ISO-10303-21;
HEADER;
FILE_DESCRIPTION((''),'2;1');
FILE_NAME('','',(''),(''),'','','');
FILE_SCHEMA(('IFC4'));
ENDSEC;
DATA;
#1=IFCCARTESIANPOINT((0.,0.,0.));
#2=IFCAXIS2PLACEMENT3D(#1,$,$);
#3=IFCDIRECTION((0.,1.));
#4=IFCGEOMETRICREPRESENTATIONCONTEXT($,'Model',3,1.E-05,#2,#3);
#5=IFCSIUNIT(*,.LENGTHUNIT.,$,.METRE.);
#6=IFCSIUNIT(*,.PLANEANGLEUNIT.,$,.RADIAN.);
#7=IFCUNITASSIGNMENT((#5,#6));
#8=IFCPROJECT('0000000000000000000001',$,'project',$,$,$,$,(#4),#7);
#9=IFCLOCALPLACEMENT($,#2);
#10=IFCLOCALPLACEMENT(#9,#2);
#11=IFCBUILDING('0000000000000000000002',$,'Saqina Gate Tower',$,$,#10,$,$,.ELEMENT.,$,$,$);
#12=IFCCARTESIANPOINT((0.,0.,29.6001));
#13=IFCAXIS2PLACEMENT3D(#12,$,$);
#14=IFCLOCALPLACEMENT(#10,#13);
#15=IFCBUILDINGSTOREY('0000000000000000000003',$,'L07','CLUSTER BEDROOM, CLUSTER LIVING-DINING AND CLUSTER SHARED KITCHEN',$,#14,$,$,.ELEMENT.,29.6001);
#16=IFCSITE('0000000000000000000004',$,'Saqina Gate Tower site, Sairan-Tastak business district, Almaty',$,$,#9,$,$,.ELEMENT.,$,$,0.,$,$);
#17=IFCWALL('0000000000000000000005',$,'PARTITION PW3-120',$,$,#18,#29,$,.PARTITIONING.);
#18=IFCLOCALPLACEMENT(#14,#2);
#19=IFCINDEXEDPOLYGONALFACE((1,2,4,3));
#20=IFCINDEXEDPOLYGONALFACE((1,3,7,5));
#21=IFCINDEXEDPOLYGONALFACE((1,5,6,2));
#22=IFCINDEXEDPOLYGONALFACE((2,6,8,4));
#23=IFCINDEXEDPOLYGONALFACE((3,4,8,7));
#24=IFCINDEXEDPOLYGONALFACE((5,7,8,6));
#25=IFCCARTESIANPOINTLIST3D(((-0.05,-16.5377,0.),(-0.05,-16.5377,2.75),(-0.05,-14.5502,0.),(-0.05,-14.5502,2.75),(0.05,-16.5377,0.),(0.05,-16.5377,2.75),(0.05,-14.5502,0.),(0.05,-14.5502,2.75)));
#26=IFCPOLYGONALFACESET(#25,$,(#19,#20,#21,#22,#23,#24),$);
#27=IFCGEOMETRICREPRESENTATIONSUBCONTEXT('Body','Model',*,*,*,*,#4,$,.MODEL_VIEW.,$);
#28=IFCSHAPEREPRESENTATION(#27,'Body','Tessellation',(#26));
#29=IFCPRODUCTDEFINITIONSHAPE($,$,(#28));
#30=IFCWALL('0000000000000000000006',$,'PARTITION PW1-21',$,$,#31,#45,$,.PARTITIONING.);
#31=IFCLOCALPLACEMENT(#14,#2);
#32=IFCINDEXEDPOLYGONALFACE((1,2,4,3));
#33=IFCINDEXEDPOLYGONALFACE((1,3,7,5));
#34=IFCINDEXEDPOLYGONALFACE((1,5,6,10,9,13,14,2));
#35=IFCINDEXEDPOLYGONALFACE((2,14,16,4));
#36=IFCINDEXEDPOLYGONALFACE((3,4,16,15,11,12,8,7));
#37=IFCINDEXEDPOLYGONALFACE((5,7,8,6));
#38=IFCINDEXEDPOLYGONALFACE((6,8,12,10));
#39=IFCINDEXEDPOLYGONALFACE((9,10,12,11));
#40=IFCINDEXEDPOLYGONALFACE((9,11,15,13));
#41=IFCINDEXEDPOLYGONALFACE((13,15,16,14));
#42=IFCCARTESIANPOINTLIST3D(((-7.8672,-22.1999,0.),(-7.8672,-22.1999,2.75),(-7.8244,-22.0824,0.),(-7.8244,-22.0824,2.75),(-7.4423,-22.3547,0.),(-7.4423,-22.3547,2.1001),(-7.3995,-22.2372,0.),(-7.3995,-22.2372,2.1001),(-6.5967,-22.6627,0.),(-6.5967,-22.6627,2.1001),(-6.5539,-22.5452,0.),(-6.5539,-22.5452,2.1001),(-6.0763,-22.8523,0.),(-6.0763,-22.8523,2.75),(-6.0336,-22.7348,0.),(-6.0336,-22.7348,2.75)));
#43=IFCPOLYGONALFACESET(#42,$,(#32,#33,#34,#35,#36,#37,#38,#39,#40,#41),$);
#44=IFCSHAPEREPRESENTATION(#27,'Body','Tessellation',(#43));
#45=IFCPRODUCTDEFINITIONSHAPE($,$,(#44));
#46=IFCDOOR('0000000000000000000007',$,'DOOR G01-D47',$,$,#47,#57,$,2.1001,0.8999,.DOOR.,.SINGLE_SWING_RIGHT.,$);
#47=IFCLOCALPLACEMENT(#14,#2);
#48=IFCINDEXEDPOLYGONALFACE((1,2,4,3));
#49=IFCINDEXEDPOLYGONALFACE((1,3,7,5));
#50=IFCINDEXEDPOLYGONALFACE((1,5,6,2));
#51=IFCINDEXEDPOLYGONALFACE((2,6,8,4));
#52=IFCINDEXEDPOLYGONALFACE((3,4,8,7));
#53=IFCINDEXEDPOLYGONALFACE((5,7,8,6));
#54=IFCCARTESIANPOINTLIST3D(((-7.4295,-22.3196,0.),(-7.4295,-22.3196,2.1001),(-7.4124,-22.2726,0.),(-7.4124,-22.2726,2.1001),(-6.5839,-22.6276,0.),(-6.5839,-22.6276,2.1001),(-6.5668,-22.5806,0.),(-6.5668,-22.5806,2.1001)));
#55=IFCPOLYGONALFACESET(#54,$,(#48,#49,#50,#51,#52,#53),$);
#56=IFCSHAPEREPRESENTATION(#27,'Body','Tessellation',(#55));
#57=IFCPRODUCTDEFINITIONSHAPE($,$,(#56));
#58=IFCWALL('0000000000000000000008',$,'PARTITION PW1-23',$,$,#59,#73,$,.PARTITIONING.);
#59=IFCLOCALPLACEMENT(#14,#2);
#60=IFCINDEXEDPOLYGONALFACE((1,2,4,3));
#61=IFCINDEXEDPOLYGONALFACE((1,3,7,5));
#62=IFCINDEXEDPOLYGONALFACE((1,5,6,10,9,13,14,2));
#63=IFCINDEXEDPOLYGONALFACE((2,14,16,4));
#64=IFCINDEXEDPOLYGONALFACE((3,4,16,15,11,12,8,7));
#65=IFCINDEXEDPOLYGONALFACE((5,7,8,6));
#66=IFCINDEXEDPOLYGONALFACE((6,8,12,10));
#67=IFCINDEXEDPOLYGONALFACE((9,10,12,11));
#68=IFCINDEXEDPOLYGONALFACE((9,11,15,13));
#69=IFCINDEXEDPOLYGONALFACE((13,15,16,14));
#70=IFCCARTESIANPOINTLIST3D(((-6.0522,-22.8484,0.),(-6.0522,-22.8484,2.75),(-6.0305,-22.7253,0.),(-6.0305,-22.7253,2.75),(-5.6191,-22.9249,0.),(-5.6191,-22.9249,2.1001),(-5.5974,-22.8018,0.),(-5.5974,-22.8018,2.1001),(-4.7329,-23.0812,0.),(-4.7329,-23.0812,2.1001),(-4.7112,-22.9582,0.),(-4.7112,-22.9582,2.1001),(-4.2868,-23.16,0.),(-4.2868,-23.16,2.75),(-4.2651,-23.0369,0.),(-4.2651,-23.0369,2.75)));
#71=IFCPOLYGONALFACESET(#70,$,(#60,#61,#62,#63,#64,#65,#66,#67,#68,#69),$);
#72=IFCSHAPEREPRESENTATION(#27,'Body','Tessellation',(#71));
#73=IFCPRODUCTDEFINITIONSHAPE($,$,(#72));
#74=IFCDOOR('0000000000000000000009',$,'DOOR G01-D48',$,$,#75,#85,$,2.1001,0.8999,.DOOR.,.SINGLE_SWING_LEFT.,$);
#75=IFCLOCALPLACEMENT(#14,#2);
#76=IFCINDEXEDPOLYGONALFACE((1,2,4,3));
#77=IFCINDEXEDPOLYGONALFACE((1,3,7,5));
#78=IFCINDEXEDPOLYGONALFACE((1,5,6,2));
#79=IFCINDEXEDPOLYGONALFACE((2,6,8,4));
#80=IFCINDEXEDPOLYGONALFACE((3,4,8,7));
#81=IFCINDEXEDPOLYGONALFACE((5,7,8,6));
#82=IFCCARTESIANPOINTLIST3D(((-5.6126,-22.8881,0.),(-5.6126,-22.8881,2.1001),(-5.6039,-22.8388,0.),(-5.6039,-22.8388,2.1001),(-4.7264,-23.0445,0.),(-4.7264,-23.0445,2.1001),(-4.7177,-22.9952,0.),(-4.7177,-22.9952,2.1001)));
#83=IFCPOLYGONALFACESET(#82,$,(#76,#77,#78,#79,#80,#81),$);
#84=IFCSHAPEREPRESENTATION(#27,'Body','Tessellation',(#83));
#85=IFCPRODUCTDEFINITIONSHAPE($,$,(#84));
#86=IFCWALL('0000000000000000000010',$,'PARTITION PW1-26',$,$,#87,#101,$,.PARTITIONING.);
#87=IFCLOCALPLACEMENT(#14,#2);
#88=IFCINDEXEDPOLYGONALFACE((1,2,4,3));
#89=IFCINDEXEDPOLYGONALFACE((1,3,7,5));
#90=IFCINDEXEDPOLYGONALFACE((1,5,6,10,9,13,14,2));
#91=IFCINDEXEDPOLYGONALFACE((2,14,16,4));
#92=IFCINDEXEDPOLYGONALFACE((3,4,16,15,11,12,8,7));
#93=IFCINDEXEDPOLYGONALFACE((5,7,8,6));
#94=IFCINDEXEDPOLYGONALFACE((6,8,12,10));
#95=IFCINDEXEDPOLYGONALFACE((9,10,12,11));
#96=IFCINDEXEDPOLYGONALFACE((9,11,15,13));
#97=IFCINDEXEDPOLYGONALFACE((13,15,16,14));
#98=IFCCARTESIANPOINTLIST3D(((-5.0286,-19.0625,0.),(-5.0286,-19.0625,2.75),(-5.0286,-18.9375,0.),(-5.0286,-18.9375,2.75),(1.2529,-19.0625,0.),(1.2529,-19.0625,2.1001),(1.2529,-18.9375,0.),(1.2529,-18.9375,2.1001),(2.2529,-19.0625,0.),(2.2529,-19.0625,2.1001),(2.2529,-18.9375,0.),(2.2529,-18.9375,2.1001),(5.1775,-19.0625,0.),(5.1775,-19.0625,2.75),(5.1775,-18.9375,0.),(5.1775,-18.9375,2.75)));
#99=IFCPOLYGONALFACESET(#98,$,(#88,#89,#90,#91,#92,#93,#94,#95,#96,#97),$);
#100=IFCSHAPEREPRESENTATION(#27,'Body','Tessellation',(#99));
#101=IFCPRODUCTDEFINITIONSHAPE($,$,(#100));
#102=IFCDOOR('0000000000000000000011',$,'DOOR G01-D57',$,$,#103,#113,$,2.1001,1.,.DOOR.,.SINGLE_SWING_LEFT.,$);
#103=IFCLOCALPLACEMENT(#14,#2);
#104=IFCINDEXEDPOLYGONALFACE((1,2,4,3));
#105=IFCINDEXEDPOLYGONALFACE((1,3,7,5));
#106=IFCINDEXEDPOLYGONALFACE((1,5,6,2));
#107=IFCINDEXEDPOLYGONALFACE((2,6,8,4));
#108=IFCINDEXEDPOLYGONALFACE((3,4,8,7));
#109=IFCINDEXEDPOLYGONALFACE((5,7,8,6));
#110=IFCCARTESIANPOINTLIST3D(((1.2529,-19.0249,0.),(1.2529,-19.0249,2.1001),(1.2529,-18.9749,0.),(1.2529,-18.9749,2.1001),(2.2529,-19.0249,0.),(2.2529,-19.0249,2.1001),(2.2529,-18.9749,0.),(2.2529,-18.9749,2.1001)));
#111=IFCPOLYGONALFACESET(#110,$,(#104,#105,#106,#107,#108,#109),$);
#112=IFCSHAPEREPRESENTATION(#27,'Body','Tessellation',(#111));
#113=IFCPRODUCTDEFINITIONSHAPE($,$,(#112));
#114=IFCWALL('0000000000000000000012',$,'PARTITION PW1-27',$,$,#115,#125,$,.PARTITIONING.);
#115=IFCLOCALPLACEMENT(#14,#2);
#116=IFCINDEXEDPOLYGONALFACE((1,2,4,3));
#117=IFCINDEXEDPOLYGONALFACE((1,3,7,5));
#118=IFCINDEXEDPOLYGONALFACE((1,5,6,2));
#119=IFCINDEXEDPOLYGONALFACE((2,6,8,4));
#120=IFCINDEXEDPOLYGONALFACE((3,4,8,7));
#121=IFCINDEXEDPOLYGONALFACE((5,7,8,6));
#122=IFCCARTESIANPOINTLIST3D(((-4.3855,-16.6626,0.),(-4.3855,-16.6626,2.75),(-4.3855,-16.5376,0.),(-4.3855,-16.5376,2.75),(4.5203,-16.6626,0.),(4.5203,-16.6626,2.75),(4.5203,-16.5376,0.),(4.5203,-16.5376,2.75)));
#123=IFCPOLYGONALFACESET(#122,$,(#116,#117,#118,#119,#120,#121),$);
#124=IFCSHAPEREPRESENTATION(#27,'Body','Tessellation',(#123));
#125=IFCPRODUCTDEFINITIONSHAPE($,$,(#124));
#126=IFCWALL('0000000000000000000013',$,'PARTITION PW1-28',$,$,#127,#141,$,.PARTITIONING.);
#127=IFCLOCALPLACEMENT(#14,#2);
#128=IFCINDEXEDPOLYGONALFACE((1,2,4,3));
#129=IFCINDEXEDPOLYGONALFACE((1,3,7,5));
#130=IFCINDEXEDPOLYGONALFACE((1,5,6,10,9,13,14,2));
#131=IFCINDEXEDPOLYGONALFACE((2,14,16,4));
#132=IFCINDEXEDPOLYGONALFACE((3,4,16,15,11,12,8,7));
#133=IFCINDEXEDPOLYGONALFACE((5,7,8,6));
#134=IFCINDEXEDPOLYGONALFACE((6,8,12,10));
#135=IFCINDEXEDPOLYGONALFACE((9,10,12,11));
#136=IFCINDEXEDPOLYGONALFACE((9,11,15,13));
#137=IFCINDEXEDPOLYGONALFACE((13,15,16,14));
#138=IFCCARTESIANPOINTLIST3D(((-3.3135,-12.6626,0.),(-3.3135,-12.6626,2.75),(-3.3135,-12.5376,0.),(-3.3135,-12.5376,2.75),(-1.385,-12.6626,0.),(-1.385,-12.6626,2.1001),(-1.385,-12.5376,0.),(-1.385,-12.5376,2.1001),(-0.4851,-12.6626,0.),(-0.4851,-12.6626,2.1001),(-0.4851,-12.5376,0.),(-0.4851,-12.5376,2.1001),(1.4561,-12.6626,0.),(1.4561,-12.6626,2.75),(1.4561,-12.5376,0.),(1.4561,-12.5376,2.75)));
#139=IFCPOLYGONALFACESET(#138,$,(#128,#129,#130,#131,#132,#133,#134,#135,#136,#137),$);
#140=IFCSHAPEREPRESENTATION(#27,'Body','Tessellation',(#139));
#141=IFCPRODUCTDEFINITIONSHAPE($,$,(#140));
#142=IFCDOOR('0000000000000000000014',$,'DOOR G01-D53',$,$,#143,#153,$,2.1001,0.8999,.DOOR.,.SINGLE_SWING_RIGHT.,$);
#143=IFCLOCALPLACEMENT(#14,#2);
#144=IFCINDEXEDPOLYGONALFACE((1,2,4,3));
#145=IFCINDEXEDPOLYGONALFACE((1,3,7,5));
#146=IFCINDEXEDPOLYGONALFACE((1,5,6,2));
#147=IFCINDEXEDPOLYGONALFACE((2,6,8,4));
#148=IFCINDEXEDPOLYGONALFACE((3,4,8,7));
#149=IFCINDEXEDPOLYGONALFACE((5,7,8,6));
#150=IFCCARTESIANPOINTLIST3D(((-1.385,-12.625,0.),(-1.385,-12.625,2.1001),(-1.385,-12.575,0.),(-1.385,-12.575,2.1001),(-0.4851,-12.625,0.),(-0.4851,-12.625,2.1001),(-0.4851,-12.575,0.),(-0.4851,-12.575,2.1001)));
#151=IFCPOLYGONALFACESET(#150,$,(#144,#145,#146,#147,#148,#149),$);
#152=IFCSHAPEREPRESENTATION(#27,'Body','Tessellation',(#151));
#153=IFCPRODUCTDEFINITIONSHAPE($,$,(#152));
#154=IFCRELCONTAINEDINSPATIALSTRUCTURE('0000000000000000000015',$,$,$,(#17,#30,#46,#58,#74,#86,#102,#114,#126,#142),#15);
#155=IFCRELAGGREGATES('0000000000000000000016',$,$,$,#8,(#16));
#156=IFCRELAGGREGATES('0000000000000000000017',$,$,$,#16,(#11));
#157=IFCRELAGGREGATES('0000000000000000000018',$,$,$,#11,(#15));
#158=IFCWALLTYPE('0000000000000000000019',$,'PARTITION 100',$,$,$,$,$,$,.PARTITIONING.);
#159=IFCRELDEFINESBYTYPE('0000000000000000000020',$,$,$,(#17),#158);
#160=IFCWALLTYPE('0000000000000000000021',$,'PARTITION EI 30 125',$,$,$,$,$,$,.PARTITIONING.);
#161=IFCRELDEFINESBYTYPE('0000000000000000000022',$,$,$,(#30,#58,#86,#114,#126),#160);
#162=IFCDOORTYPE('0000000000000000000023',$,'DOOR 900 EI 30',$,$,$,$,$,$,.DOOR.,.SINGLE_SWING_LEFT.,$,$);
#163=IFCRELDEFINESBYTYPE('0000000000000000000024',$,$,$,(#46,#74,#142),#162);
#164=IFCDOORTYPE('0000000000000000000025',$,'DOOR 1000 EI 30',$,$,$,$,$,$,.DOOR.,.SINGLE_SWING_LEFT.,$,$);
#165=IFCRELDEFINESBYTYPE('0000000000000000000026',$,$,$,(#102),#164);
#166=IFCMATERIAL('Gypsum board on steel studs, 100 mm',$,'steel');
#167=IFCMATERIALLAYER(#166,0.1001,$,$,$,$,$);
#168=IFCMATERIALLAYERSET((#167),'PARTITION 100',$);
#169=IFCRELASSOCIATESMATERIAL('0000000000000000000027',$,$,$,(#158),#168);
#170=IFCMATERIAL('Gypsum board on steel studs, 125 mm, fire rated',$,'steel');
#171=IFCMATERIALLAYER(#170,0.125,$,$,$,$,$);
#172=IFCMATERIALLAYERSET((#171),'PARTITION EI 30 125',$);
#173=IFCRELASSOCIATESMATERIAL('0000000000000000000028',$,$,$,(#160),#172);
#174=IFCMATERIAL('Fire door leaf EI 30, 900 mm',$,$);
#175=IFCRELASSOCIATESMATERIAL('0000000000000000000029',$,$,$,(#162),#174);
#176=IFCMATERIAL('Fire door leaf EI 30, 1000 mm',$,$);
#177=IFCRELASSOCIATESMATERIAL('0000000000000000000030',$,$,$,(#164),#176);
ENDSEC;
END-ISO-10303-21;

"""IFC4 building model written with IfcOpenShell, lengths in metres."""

from ifc_helpers import new_model, si_unit, direction, frame, frame_2d, origin, place, context, subcontext, project, spatial, rectangle, extrude, material, layer, layer_set, type_object, element, fill, save


model = new_model("IFC4")

# Units and contexts
model_context = context("Model", 3, precision=1e-05, world=origin(), true_north=direction((0.0, 1.0)))
body_context = subcontext(model_context, "Body", "Model", "MODEL_VIEW")
ifc_project = project(units=[si_unit("LENGTHUNIT", "METRE"), si_unit("PLANEANGLEUNIT", "RADIAN")], contexts=[model_context])

# Site, building, storey
site_placement = place(None, origin())
site = spatial("IfcSite", under=ifc_project, at=site_placement, Name="Saqina Gate Tower site, Sairan-Tastak business district, Almaty", CompositionType="ELEMENT", RefElevation=0.0)
building_placement = place(site_placement, origin())
building = spatial("IfcBuilding", under=site, at=building_placement, Name="Saqina Gate Tower", CompositionType="ELEMENT")
storey_placement = place(building_placement, frame((0.0, 0.0, 29.6001)))
storey = spatial("IfcBuildingStorey", under=building, at=storey_placement, Name="L07", Description="CLUSTER BEDROOM, CLUSTER LIVING-DINING AND CLUSTER SHARED KITCHEN", CompositionType="ELEMENT", Elevation=29.6001)

# Shared definitions
ifc_material_1 = material(Name="Gypsum board on steel studs, 100 mm", Category="steel")
ifc_layer_1 = layer(ifc_material_1, 0.1001)
ifc_layer_set_1 = layer_set([ifc_layer_1], Name="PARTITION 100")
wall_type_1 = type_object("IfcWallType", Name="PARTITION 100", PredefinedType="PARTITIONING", material=ifc_layer_set_1)

# Wall
wall_1_placement = place(storey_placement, frame((0.0, -16.5376, 0.0), z_axis=(0.0, 0.0, 1.0), x_axis=(0.0, 1.0, 0.0)))
element("IfcWall", 1, at=wall_1_placement, inside=storey, type_object=wall_type_1, Name="PARTITION PW3-120", PredefinedType="PARTITIONING", context=body_context, shape_type="SweptSolid", body=[
    extrude(rectangle(XDim=1.9875, YDim=0.1001, at=frame_2d((0.9937, 0.0))), origin(), (0.0, 0.0, 1.0), 2.75),
])

# Walls, openings, doors
ifc_material_2 = material(Name="Gypsum board on steel studs, 125 mm, fire rated", Category="steel")
ifc_layer_2 = layer(ifc_material_2, 0.125)
ifc_layer_set_2 = layer_set([ifc_layer_2], Name="PARTITION EI 30 125")
wall_type_2 = type_object("IfcWallType", Name="PARTITION EI 30 125", PredefinedType="PARTITIONING", material=ifc_layer_set_2)
wall_2_placement = place(storey_placement, frame((-7.8459, -22.1411, 0.0), z_axis=(0.0, 0.0, 1.0), x_axis=(0.939599, -0.342278, 0.0)))
wall_2 = element("IfcWall", 2, at=wall_2_placement, inside=storey, type_object=wall_type_2, Name="PARTITION PW1-21", PredefinedType="PARTITIONING", context=body_context, shape_type="SweptSolid", body=[
    extrude(rectangle(XDim=1.906, YDim=0.125, at=frame_2d((0.9531, 0.0))), origin(), (0.0, 0.0, 1.0), 2.75),
])
opening_1_placement = place(wall_2_placement, frame((0.4524, 0.0, 0.0)))
opening_1 = element("IfcOpeningElement", 3, at=opening_1_placement, cuts=wall_2, PredefinedType="OPENING", context=body_context, shape_type="SweptSolid", body=[
    extrude(rectangle(XDim=0.8999, YDim=2.1001, at=frame_2d((0.45, 1.05))), frame((0.0, 0.0745, 0.0), z_axis=(0.0, -1.0, 0.0), x_axis=(1.0, 0.0, 0.0)), (0.0, 0.0, 1.0), 0.1489),
])
ifc_material_3 = material(Name="Fire door leaf EI 30, 900 mm")
door_type_1 = type_object("IfcDoorType", Name="DOOR 900 EI 30", OperationType="SINGLE_SWING_LEFT", PredefinedType="DOOR", material=ifc_material_3)
door_1_placement = place(opening_1_placement, origin())
door_1 = element("IfcDoor", 4, at=door_1_placement, inside=storey, type_object=door_type_1, Name="DOOR G01-D47", OperationType="SINGLE_SWING_RIGHT", OverallHeight=2.1001, OverallWidth=0.8999, PredefinedType="DOOR", context=body_context, shape_type="SweptSolid", body=[
    extrude(rectangle(XDim=0.8999, YDim=2.1001, at=frame_2d((0.45, 1.05))), frame((0.0, 0.0249, 0.0), z_axis=(0.0, -1.0, 0.0), x_axis=(1.0, 0.0, 0.0)), (0.0, 0.0, 1.0), 0.05),
])
fill(opening_1, door_1)
wall_3_placement = place(storey_placement, frame((-6.0415, -22.7869, 0.0), z_axis=(0.0, 0.0, 1.0), x_axis=(0.984785, -0.173778, 0.0)))
wall_3 = element("IfcWall", 5, at=wall_3_placement, inside=storey, type_object=wall_type_2, Name="PARTITION PW1-23", PredefinedType="PARTITIONING", context=body_context, shape_type="SweptSolid", body=[
    extrude(rectangle(XDim=1.7927, YDim=0.125, at=frame_2d((0.8965, 0.0))), origin(), (0.0, 0.0, 1.0), 2.75),
])
opening_2_placement = place(wall_3_placement, frame((0.4399, 0.0, 0.0)))
opening_2 = element("IfcOpeningElement", 6, at=opening_2_placement, cuts=wall_3, PredefinedType="OPENING", context=body_context, shape_type="SweptSolid", body=[
    extrude(rectangle(XDim=0.8999, YDim=2.1001, at=frame_2d((0.45, 1.05))), frame((0.0, 0.0745, 0.0), z_axis=(0.0, -1.0, 0.0), x_axis=(1.0, 0.0, 0.0)), (0.0, 0.0, 1.0), 0.1489),
])
door_2_placement = place(opening_2_placement, origin())
door_2 = element("IfcDoor", 7, at=door_2_placement, inside=storey, type_object=door_type_1, Name="DOOR G01-D48", OperationType="SINGLE_SWING_LEFT", OverallHeight=2.1001, OverallWidth=0.8999, PredefinedType="DOOR", context=body_context, shape_type="SweptSolid", body=[
    extrude(rectangle(XDim=0.8999, YDim=2.1001, at=frame_2d((0.45, 1.05))), frame((0.0, 0.0249, 0.0), z_axis=(0.0, -1.0, 0.0), x_axis=(1.0, 0.0, 0.0)), (0.0, 0.0, 1.0), 0.05),
])
fill(opening_2, door_2)
wall_4_placement = place(storey_placement, frame((-5.0286, -19.0, 0.0), z_axis=(0.0, 0.0, 1.0), x_axis=(1.0, 0.0, 0.0)))
wall_4 = element("IfcWall", 8, at=wall_4_placement, inside=storey, type_object=wall_type_2, Name="PARTITION PW1-26", PredefinedType="PARTITIONING", context=body_context, shape_type="SweptSolid", body=[
    extrude(rectangle(XDim=10.2061, YDim=0.125, at=frame_2d((5.103, 0.0))), origin(), (0.0, 0.0, 1.0), 2.75),
])
opening_3_placement = place(wall_4_placement, frame((6.2815, 0.0, 0.0)))
opening_3 = element("IfcOpeningElement", 9, at=opening_3_placement, cuts=wall_4, PredefinedType="OPENING", context=body_context, shape_type="SweptSolid", body=[
    extrude(rectangle(XDim=1.0, YDim=2.1001, at=frame_2d((0.5, 1.05))), frame((0.0, 0.0745, 0.0), z_axis=(0.0, -1.0, 0.0), x_axis=(1.0, 0.0, 0.0)), (0.0, 0.0, 1.0), 0.1489),
])
ifc_material_4 = material(Name="Fire door leaf EI 30, 1000 mm")
door_type_2 = type_object("IfcDoorType", Name="DOOR 1000 EI 30", OperationType="SINGLE_SWING_LEFT", PredefinedType="DOOR", material=ifc_material_4)
door_3_placement = place(opening_3_placement, frame((1.0, 0.0, 0.0), z_axis=(0.0, 0.0, 1.0), x_axis=(-1.0, 0.0, 0.0)))
door_3 = element("IfcDoor", 10, at=door_3_placement, inside=storey, type_object=door_type_2, Name="DOOR G01-D57", OperationType="SINGLE_SWING_LEFT", OverallHeight=2.1001, OverallWidth=1.0, PredefinedType="DOOR", context=body_context, shape_type="SweptSolid", body=[
    extrude(rectangle(XDim=1.0, YDim=2.1001, at=frame_2d((0.5, 1.05))), frame((0.0, 0.0249, 0.0), z_axis=(0.0, -1.0, 0.0), x_axis=(1.0, 0.0, 0.0)), (0.0, 0.0, 1.0), 0.05),
])
fill(opening_3, door_3)

# Wall
wall_5_placement = place(storey_placement, frame((-4.3855, -16.6001, 0.0), z_axis=(0.0, 0.0, 1.0), x_axis=(1.0, 0.0, 0.0)))
element("IfcWall", 11, at=wall_5_placement, inside=storey, type_object=wall_type_2, Name="PARTITION PW1-27", PredefinedType="PARTITIONING", context=body_context, shape_type="SweptSolid", body=[
    extrude(rectangle(XDim=8.9058, YDim=0.125, at=frame_2d((4.4529, 0.0))), origin(), (0.0, 0.0, 1.0), 2.75),
])

# Wall, opening, door
wall_6_placement = place(storey_placement, frame((-3.3135, -12.6001, 0.0), z_axis=(0.0, 0.0, 1.0), x_axis=(1.0, 0.0, 0.0)))
wall_6 = element("IfcWall", 12, at=wall_6_placement, inside=storey, type_object=wall_type_2, Name="PARTITION PW1-28", PredefinedType="PARTITIONING", context=body_context, shape_type="SweptSolid", body=[
    extrude(rectangle(XDim=4.7695, YDim=0.125, at=frame_2d((2.3848, 0.0))), origin(), (0.0, 0.0, 1.0), 2.75),
])
opening_4_placement = place(wall_6_placement, frame((1.9285, 0.0, 0.0)))
opening_4 = element("IfcOpeningElement", 13, at=opening_4_placement, cuts=wall_6, PredefinedType="OPENING", context=body_context, shape_type="SweptSolid", body=[
    extrude(rectangle(XDim=0.8999, YDim=2.1001, at=frame_2d((0.45, 1.05))), frame((0.0, 0.0745, 0.0), z_axis=(0.0, -1.0, 0.0), x_axis=(1.0, 0.0, 0.0)), (0.0, 0.0, 1.0), 0.1489),
])
door_4_placement = place(opening_4_placement, frame((0.8999, 0.0, 0.0), z_axis=(0.0, 0.0, 1.0), x_axis=(-1.0, 0.0, 0.0)))
door_4 = element("IfcDoor", 14, at=door_4_placement, inside=storey, type_object=door_type_1, Name="DOOR G01-D53", OperationType="SINGLE_SWING_RIGHT", OverallHeight=2.1001, OverallWidth=0.8999, PredefinedType="DOOR", context=body_context, shape_type="SweptSolid", body=[
    extrude(rectangle(XDim=0.8999, YDim=2.1001, at=frame_2d((0.45, 1.05))), frame((0.0, 0.0249, 0.0), z_axis=(0.0, -1.0, 0.0), x_axis=(1.0, 0.0, 0.0)), (0.0, 0.0, 1.0), 0.05),
])
fill(opening_4, door_4)

save(model, "model.ifc")
